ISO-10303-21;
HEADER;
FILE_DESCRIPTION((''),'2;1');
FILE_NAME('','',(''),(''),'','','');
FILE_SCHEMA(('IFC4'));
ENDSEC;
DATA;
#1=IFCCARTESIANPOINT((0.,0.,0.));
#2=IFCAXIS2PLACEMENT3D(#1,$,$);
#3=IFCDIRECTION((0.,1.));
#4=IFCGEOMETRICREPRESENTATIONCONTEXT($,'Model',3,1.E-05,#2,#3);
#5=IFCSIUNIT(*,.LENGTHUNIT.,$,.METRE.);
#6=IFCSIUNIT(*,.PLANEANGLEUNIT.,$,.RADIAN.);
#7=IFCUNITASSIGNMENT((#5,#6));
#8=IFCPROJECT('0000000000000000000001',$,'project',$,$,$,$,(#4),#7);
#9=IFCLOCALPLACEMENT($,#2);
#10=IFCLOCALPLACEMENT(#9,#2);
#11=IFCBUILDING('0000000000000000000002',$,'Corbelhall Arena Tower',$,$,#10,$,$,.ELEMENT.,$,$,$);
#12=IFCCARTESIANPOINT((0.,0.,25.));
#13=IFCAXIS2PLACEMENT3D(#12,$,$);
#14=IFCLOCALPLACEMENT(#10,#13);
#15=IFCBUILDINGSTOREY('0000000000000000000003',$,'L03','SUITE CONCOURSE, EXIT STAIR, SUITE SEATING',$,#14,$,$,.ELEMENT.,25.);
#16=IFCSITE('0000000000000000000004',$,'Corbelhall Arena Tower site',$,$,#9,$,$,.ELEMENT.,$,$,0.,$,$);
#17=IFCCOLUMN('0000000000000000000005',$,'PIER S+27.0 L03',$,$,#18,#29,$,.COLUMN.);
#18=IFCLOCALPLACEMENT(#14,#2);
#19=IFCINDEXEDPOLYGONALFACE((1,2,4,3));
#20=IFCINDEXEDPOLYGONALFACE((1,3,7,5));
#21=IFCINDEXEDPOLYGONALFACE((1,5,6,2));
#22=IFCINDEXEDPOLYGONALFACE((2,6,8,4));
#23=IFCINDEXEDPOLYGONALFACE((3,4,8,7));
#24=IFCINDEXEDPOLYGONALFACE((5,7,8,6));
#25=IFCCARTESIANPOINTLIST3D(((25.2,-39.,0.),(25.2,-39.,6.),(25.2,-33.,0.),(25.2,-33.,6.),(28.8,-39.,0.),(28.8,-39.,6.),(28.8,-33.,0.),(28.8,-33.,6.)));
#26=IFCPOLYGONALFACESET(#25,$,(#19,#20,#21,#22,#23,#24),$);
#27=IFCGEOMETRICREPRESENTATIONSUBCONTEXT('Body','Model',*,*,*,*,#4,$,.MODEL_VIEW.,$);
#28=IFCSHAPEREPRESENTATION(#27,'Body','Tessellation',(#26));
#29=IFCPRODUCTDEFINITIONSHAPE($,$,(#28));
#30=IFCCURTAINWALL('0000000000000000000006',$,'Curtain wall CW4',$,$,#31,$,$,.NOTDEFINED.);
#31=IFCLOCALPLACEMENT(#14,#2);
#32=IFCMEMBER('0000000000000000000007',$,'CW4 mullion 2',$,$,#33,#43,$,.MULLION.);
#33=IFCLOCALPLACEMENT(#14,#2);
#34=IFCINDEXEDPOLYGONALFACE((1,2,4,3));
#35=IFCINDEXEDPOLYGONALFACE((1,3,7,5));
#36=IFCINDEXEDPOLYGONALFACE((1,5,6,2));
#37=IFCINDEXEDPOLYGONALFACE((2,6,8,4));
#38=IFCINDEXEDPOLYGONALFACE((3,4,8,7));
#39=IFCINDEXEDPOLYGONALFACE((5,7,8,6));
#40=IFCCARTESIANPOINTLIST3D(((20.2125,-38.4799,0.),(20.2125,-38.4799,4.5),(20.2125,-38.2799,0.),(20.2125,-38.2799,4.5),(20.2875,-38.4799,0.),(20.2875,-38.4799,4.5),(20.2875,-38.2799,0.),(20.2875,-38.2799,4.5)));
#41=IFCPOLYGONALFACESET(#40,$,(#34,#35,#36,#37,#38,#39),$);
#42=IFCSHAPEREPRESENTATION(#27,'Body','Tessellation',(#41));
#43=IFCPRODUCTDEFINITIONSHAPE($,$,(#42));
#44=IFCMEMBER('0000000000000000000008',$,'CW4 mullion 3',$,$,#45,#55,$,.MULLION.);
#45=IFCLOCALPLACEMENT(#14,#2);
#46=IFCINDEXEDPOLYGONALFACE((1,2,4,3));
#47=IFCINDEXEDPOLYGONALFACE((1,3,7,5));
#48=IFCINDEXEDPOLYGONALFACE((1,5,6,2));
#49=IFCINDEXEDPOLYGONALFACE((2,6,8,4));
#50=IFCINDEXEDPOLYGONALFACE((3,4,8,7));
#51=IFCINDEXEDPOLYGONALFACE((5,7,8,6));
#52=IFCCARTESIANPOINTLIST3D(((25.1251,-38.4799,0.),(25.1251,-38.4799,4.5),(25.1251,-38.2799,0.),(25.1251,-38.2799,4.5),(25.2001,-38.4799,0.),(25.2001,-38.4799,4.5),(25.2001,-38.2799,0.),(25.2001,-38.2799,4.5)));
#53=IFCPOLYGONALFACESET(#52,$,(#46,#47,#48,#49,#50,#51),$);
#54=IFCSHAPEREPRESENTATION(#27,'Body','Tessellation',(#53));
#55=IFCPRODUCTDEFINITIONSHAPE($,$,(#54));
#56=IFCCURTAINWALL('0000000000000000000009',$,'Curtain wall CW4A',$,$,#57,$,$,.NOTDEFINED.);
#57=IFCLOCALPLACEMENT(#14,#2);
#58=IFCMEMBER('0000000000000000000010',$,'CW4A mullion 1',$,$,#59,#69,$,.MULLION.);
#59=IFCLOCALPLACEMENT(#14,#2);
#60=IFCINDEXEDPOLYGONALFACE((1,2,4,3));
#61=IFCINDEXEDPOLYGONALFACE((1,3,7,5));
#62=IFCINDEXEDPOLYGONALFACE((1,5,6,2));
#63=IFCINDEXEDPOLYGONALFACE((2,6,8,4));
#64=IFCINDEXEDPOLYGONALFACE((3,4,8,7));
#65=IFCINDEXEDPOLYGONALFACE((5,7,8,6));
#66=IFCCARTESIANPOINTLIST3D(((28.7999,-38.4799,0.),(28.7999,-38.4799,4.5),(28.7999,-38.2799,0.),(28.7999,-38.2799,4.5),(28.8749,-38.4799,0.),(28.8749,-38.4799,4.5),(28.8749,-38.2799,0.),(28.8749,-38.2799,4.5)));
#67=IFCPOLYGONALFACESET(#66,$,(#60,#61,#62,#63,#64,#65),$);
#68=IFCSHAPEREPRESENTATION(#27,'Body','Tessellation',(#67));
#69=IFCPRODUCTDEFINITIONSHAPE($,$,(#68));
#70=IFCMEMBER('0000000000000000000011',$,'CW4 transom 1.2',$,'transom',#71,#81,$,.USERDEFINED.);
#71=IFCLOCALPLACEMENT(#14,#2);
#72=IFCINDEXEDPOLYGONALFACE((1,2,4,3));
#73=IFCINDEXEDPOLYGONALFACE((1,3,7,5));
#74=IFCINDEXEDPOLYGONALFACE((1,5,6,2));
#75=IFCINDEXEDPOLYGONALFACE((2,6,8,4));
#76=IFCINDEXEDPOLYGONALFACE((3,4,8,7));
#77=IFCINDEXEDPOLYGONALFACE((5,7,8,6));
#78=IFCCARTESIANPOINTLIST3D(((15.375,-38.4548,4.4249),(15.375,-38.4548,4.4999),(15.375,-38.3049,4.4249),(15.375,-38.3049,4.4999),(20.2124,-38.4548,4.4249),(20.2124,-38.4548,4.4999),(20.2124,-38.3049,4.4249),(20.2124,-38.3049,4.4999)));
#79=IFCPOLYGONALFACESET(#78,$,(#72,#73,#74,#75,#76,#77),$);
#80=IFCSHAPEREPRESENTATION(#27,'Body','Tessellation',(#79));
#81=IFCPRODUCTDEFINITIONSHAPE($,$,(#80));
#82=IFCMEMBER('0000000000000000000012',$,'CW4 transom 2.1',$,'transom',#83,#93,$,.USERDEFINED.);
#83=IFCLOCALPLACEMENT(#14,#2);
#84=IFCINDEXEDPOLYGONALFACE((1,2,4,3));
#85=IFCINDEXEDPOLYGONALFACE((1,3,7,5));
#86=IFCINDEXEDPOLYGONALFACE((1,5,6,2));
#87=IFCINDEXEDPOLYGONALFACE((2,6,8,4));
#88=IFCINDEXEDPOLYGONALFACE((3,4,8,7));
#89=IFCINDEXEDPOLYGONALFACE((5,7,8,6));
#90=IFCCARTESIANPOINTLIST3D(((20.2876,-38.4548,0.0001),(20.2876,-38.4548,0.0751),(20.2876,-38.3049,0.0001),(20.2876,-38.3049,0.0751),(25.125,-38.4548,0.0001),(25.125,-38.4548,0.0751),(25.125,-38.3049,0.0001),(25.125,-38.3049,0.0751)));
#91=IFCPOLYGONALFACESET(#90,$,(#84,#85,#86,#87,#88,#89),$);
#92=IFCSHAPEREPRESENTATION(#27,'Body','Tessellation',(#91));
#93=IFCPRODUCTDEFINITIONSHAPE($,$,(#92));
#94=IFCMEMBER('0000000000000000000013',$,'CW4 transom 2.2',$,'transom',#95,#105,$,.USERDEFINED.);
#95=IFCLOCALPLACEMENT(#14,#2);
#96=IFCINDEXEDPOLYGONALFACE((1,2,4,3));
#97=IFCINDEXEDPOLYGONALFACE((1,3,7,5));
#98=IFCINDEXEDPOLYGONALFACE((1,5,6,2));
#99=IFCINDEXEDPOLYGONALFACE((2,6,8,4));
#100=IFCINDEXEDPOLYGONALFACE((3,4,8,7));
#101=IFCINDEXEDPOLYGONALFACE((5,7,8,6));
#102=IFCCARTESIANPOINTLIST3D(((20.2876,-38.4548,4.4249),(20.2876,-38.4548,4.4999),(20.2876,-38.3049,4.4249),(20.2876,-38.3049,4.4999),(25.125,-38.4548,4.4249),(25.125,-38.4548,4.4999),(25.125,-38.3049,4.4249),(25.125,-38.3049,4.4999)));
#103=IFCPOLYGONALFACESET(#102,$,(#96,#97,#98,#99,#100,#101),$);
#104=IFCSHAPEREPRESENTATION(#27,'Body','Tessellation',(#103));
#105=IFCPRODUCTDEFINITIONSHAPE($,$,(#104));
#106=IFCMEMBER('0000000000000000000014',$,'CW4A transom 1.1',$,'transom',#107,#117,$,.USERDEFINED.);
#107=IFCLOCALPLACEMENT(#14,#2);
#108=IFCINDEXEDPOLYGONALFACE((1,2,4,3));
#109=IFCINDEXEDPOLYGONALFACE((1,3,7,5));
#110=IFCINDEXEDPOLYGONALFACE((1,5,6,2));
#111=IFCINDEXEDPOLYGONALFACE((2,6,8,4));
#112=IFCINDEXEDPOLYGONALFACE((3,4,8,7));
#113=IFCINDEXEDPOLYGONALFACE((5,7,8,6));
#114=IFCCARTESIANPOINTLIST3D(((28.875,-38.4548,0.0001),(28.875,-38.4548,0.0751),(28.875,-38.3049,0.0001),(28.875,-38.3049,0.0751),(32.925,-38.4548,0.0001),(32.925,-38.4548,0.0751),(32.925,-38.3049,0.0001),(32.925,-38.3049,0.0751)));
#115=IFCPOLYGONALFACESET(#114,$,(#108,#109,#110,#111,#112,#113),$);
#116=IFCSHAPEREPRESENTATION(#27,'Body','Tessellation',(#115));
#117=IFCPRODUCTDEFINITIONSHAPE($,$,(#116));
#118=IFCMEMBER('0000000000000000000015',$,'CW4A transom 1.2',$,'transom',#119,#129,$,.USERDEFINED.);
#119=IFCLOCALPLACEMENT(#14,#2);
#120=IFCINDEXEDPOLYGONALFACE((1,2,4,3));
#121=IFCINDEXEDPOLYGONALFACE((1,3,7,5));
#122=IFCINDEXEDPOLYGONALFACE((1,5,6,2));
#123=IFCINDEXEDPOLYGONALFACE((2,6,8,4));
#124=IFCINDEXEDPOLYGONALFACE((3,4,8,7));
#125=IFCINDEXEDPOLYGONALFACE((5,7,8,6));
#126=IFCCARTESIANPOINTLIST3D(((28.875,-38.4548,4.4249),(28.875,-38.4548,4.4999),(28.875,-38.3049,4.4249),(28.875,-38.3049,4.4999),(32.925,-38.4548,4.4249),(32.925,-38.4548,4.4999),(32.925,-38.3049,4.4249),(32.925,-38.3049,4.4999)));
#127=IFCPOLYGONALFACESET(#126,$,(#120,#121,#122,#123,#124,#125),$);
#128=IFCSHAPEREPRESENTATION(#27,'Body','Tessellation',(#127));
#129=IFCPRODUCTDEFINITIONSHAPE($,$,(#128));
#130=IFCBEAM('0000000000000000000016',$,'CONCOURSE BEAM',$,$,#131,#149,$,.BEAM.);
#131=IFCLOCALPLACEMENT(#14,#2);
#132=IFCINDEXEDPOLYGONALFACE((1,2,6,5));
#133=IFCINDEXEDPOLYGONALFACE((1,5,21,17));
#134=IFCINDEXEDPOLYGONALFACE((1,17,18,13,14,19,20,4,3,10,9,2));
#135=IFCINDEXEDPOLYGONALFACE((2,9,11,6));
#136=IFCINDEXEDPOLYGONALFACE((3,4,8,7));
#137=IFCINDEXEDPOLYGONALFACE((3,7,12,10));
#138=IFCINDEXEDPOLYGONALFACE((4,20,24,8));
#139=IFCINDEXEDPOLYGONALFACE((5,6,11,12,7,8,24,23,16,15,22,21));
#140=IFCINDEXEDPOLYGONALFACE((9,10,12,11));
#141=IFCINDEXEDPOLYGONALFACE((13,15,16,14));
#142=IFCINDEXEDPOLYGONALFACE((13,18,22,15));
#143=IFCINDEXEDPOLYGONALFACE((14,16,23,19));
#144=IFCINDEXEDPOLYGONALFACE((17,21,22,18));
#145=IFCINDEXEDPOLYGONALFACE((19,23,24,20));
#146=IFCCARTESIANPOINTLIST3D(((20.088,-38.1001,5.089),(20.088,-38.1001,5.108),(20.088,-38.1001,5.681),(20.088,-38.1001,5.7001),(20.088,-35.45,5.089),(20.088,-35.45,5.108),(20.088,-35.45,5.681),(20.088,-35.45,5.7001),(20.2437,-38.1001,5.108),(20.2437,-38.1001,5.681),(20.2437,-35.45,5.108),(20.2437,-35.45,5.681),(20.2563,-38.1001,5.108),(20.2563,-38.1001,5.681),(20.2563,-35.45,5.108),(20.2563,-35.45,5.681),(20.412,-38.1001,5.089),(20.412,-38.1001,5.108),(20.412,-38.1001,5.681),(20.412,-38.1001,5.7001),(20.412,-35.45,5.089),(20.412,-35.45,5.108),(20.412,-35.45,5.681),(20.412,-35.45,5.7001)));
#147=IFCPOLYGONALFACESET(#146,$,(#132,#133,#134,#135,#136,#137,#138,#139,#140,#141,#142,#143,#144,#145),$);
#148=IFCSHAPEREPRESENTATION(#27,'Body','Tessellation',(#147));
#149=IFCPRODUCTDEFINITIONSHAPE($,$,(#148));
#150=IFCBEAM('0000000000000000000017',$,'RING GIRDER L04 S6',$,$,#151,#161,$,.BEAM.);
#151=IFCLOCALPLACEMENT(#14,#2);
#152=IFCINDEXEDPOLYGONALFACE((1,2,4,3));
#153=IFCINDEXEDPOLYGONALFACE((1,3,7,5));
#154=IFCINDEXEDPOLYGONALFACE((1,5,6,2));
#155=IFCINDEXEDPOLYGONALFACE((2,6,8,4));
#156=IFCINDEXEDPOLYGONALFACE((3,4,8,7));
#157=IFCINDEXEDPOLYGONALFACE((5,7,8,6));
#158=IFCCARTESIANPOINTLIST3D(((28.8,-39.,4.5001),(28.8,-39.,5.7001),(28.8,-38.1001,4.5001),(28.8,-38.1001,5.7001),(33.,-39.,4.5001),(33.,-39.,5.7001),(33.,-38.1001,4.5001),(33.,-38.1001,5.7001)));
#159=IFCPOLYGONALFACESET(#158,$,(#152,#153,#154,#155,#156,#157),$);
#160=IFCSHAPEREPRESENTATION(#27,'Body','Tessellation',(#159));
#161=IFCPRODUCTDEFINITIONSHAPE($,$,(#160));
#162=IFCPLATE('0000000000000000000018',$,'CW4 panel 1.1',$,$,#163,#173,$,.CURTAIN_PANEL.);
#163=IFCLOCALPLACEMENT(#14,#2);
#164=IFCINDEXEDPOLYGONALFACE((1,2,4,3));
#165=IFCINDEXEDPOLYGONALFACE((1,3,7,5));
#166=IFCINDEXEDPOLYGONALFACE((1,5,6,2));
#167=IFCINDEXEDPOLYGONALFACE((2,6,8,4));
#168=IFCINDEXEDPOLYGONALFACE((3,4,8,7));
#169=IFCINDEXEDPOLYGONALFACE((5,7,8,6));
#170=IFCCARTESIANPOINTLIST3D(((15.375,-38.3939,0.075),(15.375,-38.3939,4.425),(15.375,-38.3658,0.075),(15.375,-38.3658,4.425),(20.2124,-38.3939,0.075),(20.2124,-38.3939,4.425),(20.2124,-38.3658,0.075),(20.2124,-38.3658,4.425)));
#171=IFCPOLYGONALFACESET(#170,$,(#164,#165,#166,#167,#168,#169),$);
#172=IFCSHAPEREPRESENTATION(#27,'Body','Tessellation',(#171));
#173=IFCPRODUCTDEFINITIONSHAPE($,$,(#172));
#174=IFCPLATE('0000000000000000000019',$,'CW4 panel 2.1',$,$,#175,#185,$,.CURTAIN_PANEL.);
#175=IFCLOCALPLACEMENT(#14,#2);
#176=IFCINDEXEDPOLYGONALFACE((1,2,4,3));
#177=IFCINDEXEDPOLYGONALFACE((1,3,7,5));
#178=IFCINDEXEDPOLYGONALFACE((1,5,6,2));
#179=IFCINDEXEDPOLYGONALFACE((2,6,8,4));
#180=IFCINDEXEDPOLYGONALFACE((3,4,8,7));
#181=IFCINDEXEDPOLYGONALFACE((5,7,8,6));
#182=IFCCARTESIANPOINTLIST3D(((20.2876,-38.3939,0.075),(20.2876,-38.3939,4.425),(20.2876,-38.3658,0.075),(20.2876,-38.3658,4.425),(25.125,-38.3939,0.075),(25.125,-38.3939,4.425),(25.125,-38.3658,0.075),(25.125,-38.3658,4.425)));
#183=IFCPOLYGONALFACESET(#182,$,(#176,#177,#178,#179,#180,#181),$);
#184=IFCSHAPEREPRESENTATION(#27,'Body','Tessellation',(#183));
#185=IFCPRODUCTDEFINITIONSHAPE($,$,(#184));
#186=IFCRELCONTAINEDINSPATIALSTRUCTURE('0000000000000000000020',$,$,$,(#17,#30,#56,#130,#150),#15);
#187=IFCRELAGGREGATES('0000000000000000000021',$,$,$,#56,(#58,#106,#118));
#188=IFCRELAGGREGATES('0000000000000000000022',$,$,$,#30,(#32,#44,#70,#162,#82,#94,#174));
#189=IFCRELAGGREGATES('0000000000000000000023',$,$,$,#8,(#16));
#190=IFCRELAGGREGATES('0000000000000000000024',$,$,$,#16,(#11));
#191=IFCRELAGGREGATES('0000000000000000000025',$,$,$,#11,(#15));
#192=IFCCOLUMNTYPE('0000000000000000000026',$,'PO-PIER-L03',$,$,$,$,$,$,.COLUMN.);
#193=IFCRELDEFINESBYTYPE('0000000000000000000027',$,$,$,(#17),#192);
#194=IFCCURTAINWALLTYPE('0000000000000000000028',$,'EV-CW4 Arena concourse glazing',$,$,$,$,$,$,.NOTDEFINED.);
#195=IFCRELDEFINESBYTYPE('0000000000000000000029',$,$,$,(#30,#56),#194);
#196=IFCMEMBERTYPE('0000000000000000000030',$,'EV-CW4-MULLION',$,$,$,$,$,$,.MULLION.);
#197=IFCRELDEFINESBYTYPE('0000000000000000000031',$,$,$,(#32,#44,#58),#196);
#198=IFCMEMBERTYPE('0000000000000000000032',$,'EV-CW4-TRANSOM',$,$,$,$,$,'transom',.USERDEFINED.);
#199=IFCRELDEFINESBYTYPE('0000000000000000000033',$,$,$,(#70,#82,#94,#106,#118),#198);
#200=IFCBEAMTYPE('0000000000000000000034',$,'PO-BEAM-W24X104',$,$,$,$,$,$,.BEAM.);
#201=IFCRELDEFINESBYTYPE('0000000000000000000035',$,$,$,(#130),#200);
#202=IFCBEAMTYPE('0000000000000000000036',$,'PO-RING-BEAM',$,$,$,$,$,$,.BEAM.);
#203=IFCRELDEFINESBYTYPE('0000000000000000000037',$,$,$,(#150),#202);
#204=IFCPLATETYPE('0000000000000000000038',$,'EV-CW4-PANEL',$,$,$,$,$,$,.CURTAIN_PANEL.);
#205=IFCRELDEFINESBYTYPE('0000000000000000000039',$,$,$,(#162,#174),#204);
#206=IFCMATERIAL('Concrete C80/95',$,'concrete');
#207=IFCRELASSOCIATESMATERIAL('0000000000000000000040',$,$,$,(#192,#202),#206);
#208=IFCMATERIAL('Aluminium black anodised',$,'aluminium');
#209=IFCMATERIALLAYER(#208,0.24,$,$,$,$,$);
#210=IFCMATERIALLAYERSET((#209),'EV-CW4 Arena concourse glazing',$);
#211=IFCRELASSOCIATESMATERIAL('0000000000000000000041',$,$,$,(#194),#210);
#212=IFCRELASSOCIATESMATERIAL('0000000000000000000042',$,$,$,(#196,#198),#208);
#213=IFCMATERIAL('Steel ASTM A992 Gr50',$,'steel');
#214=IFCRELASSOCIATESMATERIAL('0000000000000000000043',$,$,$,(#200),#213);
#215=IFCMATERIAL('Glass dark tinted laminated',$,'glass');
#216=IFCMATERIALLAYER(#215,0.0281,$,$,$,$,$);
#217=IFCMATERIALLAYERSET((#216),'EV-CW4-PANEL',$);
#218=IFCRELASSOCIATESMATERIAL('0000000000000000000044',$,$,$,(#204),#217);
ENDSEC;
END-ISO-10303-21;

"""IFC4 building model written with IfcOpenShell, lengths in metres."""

from ifc_helpers import new_model, si_unit, direction, frame, origin, origin_2d, place, context, subcontext, project, spatial, rectangle, i_section, extrude, material, layer, layer_set, material_profile, profile_set, type_object, element, aggregate, save


model = new_model("IFC4")

# Units and contexts
model_context = context("Model", 3, precision=1e-05, world=origin(), true_north=direction((0.0, 1.0)))
body_context = subcontext(model_context, "Body", "Model", "MODEL_VIEW")
ifc_project = project(units=[si_unit("LENGTHUNIT", "METRE"), si_unit("PLANEANGLEUNIT", "RADIAN")], contexts=[model_context])

# Site, building, storey
site_placement = place(None, origin())
site = spatial("IfcSite", under=ifc_project, at=site_placement, Name="Corbelhall Arena Tower site", CompositionType="ELEMENT", RefElevation=0.0)
building_placement = place(site_placement, origin())
building = spatial("IfcBuilding", under=site, at=building_placement, Name="Corbelhall Arena Tower", CompositionType="ELEMENT")
storey_placement = place(building_placement, frame((0.0, 0.0, 25.0)))
storey = spatial("IfcBuildingStorey", under=building, at=storey_placement, Name="L03", Description="SUITE CONCOURSE, EXIT STAIR, SUITE SEATING", CompositionType="ELEMENT", Elevation=25.0)

# Column
ifc_material_1 = material(Name="Concrete C80/95", Category="concrete")
ifc_material_profile_1 = material_profile(ifc_material_1, rectangle(XDim=3.6001, YDim=6.0, at=origin_2d()))
ifc_profile_set_1 = profile_set([ifc_material_profile_1], Name="Concrete C80/95")
column_type = type_object("IfcColumnType", Name="PO-PIER-L03", PredefinedType="COLUMN", material=ifc_profile_set_1)
column_placement = place(storey_placement, frame((27.0, -36.0, 0.0), z_axis=(0.0, 0.0, 1.0), x_axis=(1.0, 0.0, 0.0)))
element("IfcColumn", 1, at=column_placement, inside=storey, type_object=column_type, Name="PIER S+27.0 L03", PredefinedType="COLUMN", context=body_context, shape_type="SweptSolid", body=[
    extrude(rectangle(XDim=3.6001, YDim=6.0, at=origin_2d()), origin(), (0.0, 0.0, 1.0), 6.0),
])

# Curtain wall, members
ifc_material_2 = material(Name="Aluminium black anodised", Category="aluminium")
ifc_layer_1 = layer(ifc_material_2, 0.24)
ifc_layer_set_1 = layer_set([ifc_layer_1], Name="EV-CW4 Arena concourse glazing")
curtain_wall_type = type_object("IfcCurtainWallType", Name="EV-CW4 Arena concourse glazing", PredefinedType="NOTDEFINED", material=ifc_layer_set_1)
curtain_wall_1_placement = place(storey_placement, origin())
curtain_wall_1 = element("IfcCurtainWall", 2, at=curtain_wall_1_placement, inside=storey, type_object=curtain_wall_type, Name="Curtain wall CW4", PredefinedType="NOTDEFINED")
ifc_material_profile_2 = material_profile(ifc_material_2, rectangle(XDim=0.2, YDim=0.075, at=origin_2d()))
ifc_profile_set_2 = profile_set([ifc_material_profile_2], Name="Aluminium black anodised")
member_type_1 = type_object("IfcMemberType", Name="EV-CW4-MULLION", PredefinedType="MULLION", material=ifc_profile_set_2)
member_1_placement = place(storey_placement, frame((20.25, -38.3799, 0.0), z_axis=(0.0, 0.0, 1.0), x_axis=(0.0, 1.0, 0.0)))
member_1 = element("IfcMember", 3, at=member_1_placement, type_object=member_type_1, Name="CW4 mullion 2", PredefinedType="MULLION", context=body_context, shape_type="SweptSolid", body=[
    extrude(rectangle(XDim=0.2, YDim=0.075, at=origin_2d()), origin(), (0.0, 0.0, 1.0), 4.5),
])
member_2_placement = place(storey_placement, frame((25.1626, -38.3799, 0.0), z_axis=(0.0, 0.0, 1.0), x_axis=(0.0, 1.0, 0.0)))
member_2 = element("IfcMember", 4, at=member_2_placement, type_object=member_type_1, Name="CW4 mullion 3", PredefinedType="MULLION", context=body_context, shape_type="SweptSolid", body=[
    extrude(rectangle(XDim=0.2, YDim=0.075, at=origin_2d()), origin(), (0.0, 0.0, 1.0), 4.5),
])

# Curtain wall, member
curtain_wall_2_placement = place(storey_placement, origin())
curtain_wall_2 = element("IfcCurtainWall", 5, at=curtain_wall_2_placement, inside=storey, type_object=curtain_wall_type, Name="Curtain wall CW4A", PredefinedType="NOTDEFINED")
member_3_placement = place(storey_placement, frame((28.8374, -38.3799, 0.0), z_axis=(0.0, 0.0, 1.0), x_axis=(0.0, 1.0, 0.0)))
member_3 = element("IfcMember", 6, at=member_3_placement, type_object=member_type_1, Name="CW4A mullion 1", PredefinedType="MULLION", context=body_context, shape_type="SweptSolid", body=[
    extrude(rectangle(XDim=0.2, YDim=0.075, at=origin_2d()), origin(), (0.0, 0.0, 1.0), 4.5),
])

# Members
ifc_material_profile_3 = material_profile(ifc_material_2, rectangle(XDim=0.1499, YDim=0.075, at=origin_2d()))
ifc_profile_set_3 = profile_set([ifc_material_profile_3], Name="Aluminium black anodised")
member_type_2 = type_object("IfcMemberType", Name="EV-CW4-TRANSOM", ElementType="transom", PredefinedType="USERDEFINED", material=ifc_profile_set_3)
member_4_placement = place(storey_placement, frame((15.375, -38.3799, 4.4624), z_axis=(1.0, 0.0, 0.0), x_axis=(0.0, 1.0, 0.0)))
member_4 = element("IfcMember", 7, at=member_4_placement, type_object=member_type_2, Name="CW4 transom 1.2", ObjectType="transom", PredefinedType="USERDEFINED", context=body_context, shape_type="SweptSolid", body=[
    extrude(rectangle(XDim=0.1499, YDim=0.075, at=origin_2d()), origin(), (0.0, 0.0, 1.0), 4.8374),
])
member_5_placement = place(storey_placement, frame((20.2876, -38.3799, 0.0376), z_axis=(1.0, 0.0, 0.0), x_axis=(0.0, 1.0, 0.0)))
member_5 = element("IfcMember", 8, at=member_5_placement, type_object=member_type_2, Name="CW4 transom 2.1", ObjectType="transom", PredefinedType="USERDEFINED", context=body_context, shape_type="SweptSolid", body=[
    extrude(rectangle(XDim=0.1499, YDim=0.075, at=origin_2d()), origin(), (0.0, 0.0, 1.0), 4.8374),
])
member_6_placement = place(storey_placement, frame((20.2876, -38.3799, 4.4624), z_axis=(1.0, 0.0, 0.0), x_axis=(0.0, 1.0, 0.0)))
member_6 = element("IfcMember", 9, at=member_6_placement, type_object=member_type_2, Name="CW4 transom 2.2", ObjectType="transom", PredefinedType="USERDEFINED", context=body_context, shape_type="SweptSolid", body=[
    extrude(rectangle(XDim=0.1499, YDim=0.075, at=origin_2d()), origin(), (0.0, 0.0, 1.0), 4.8374),
])
member_7_placement = place(storey_placement, frame((28.875, -38.3799, 0.0376), z_axis=(1.0, 0.0, 0.0), x_axis=(0.0, 1.0, 0.0)))
member_7 = element("IfcMember", 10, at=member_7_placement, type_object=member_type_2, Name="CW4A transom 1.1", ObjectType="transom", PredefinedType="USERDEFINED", context=body_context, shape_type="SweptSolid", body=[
    extrude(rectangle(XDim=0.1499, YDim=0.075, at=origin_2d()), origin(), (0.0, 0.0, 1.0), 4.05),
])
member_8_placement = place(storey_placement, frame((28.875, -38.3799, 4.4624), z_axis=(1.0, 0.0, 0.0), x_axis=(0.0, 1.0, 0.0)))
member_8 = element("IfcMember", 11, at=member_8_placement, type_object=member_type_2, Name="CW4A transom 1.2", ObjectType="transom", PredefinedType="USERDEFINED", context=body_context, shape_type="SweptSolid", body=[
    extrude(rectangle(XDim=0.1499, YDim=0.075, at=origin_2d()), origin(), (0.0, 0.0, 1.0), 4.05),
])
aggregate(curtain_wall_2, [member_3, member_7, member_8])

# Beams
ifc_material_3 = material(Name="Steel ASTM A992 Gr50", Category="steel")
ifc_material_profile_4 = material_profile(ifc_material_3, i_section(OverallWidth=0.324, OverallDepth=0.6111, WebThickness=0.0127, FlangeThickness=0.019, at=origin_2d()))
ifc_profile_set_4 = profile_set([ifc_material_profile_4], Name="Steel ASTM A992 Gr50")
beam_type_1 = type_object("IfcBeamType", Name="PO-BEAM-W24X104", PredefinedType="BEAM", material=ifc_profile_set_4)
beam_1_placement = place(storey_placement, frame((20.25, -35.45, 5.3945), z_axis=(0.0, -1.0, 0.0), x_axis=(1.0, 0.0, 0.0)))
element("IfcBeam", 12, at=beam_1_placement, inside=storey, type_object=beam_type_1, Name="CONCOURSE BEAM", PredefinedType="BEAM", context=body_context, shape_type="SweptSolid", body=[
    extrude(i_section(OverallWidth=0.324, OverallDepth=0.6111, WebThickness=0.0127, FlangeThickness=0.019, at=origin_2d()), origin(), (0.0, 0.0, 1.0), 2.6501),
])
ifc_material_profile_5 = material_profile(ifc_material_1, rectangle(XDim=0.8999, YDim=1.2, at=origin_2d()))
ifc_profile_set_5 = profile_set([ifc_material_profile_5], Name="Concrete C80/95")
beam_type_2 = type_object("IfcBeamType", Name="PO-RING-BEAM", PredefinedType="BEAM", material=ifc_profile_set_5)
beam_2_placement = place(storey_placement, frame((28.8, -38.55, 5.1001), z_axis=(1.0, 0.0, 0.0), x_axis=(0.0, 1.0, 0.0)))
element("IfcBeam", 13, at=beam_2_placement, inside=storey, type_object=beam_type_2, Name="RING GIRDER L04 S6", PredefinedType="BEAM", context=body_context, shape_type="SweptSolid", body=[
    extrude(rectangle(XDim=0.8999, YDim=1.2, at=origin_2d()), origin(), (0.0, 0.0, 1.0), 4.2),
])

# Plates
ifc_material_4 = material(Name="Glass dark tinted laminated", Category="glass")
ifc_layer_2 = layer(ifc_material_4, 0.0281)
ifc_layer_set_2 = layer_set([ifc_layer_2], Name="EV-CW4-PANEL")
plate_type = type_object("IfcPlateType", Name="EV-CW4-PANEL", PredefinedType="CURTAIN_PANEL", material=ifc_layer_set_2)
plate_1_placement = place(storey_placement, frame((17.7937, -38.3799, 0.075), z_axis=(0.0, 0.0, 1.0), x_axis=(1.0, 0.0, 0.0)))
plate_1 = element("IfcPlate", 14, at=plate_1_placement, type_object=plate_type, Name="CW4 panel 1.1", PredefinedType="CURTAIN_PANEL", context=body_context, shape_type="SweptSolid", body=[
    extrude(rectangle(XDim=4.8374, YDim=0.0281, at=origin_2d()), origin(), (0.0, 0.0, 1.0), 4.3501),
])
plate_2_placement = place(storey_placement, frame((22.7063, -38.3799, 0.075), z_axis=(0.0, 0.0, 1.0), x_axis=(1.0, 0.0, 0.0)))
plate_2 = element("IfcPlate", 15, at=plate_2_placement, type_object=plate_type, Name="CW4 panel 2.1", PredefinedType="CURTAIN_PANEL", context=body_context, shape_type="SweptSolid", body=[
    extrude(rectangle(XDim=4.8374, YDim=0.0281, at=origin_2d()), origin(), (0.0, 0.0, 1.0), 4.3501),
])
aggregate(curtain_wall_1, [member_1, member_2, member_4, plate_1, member_5, member_6, plate_2])

save(model, "model.ifc")
